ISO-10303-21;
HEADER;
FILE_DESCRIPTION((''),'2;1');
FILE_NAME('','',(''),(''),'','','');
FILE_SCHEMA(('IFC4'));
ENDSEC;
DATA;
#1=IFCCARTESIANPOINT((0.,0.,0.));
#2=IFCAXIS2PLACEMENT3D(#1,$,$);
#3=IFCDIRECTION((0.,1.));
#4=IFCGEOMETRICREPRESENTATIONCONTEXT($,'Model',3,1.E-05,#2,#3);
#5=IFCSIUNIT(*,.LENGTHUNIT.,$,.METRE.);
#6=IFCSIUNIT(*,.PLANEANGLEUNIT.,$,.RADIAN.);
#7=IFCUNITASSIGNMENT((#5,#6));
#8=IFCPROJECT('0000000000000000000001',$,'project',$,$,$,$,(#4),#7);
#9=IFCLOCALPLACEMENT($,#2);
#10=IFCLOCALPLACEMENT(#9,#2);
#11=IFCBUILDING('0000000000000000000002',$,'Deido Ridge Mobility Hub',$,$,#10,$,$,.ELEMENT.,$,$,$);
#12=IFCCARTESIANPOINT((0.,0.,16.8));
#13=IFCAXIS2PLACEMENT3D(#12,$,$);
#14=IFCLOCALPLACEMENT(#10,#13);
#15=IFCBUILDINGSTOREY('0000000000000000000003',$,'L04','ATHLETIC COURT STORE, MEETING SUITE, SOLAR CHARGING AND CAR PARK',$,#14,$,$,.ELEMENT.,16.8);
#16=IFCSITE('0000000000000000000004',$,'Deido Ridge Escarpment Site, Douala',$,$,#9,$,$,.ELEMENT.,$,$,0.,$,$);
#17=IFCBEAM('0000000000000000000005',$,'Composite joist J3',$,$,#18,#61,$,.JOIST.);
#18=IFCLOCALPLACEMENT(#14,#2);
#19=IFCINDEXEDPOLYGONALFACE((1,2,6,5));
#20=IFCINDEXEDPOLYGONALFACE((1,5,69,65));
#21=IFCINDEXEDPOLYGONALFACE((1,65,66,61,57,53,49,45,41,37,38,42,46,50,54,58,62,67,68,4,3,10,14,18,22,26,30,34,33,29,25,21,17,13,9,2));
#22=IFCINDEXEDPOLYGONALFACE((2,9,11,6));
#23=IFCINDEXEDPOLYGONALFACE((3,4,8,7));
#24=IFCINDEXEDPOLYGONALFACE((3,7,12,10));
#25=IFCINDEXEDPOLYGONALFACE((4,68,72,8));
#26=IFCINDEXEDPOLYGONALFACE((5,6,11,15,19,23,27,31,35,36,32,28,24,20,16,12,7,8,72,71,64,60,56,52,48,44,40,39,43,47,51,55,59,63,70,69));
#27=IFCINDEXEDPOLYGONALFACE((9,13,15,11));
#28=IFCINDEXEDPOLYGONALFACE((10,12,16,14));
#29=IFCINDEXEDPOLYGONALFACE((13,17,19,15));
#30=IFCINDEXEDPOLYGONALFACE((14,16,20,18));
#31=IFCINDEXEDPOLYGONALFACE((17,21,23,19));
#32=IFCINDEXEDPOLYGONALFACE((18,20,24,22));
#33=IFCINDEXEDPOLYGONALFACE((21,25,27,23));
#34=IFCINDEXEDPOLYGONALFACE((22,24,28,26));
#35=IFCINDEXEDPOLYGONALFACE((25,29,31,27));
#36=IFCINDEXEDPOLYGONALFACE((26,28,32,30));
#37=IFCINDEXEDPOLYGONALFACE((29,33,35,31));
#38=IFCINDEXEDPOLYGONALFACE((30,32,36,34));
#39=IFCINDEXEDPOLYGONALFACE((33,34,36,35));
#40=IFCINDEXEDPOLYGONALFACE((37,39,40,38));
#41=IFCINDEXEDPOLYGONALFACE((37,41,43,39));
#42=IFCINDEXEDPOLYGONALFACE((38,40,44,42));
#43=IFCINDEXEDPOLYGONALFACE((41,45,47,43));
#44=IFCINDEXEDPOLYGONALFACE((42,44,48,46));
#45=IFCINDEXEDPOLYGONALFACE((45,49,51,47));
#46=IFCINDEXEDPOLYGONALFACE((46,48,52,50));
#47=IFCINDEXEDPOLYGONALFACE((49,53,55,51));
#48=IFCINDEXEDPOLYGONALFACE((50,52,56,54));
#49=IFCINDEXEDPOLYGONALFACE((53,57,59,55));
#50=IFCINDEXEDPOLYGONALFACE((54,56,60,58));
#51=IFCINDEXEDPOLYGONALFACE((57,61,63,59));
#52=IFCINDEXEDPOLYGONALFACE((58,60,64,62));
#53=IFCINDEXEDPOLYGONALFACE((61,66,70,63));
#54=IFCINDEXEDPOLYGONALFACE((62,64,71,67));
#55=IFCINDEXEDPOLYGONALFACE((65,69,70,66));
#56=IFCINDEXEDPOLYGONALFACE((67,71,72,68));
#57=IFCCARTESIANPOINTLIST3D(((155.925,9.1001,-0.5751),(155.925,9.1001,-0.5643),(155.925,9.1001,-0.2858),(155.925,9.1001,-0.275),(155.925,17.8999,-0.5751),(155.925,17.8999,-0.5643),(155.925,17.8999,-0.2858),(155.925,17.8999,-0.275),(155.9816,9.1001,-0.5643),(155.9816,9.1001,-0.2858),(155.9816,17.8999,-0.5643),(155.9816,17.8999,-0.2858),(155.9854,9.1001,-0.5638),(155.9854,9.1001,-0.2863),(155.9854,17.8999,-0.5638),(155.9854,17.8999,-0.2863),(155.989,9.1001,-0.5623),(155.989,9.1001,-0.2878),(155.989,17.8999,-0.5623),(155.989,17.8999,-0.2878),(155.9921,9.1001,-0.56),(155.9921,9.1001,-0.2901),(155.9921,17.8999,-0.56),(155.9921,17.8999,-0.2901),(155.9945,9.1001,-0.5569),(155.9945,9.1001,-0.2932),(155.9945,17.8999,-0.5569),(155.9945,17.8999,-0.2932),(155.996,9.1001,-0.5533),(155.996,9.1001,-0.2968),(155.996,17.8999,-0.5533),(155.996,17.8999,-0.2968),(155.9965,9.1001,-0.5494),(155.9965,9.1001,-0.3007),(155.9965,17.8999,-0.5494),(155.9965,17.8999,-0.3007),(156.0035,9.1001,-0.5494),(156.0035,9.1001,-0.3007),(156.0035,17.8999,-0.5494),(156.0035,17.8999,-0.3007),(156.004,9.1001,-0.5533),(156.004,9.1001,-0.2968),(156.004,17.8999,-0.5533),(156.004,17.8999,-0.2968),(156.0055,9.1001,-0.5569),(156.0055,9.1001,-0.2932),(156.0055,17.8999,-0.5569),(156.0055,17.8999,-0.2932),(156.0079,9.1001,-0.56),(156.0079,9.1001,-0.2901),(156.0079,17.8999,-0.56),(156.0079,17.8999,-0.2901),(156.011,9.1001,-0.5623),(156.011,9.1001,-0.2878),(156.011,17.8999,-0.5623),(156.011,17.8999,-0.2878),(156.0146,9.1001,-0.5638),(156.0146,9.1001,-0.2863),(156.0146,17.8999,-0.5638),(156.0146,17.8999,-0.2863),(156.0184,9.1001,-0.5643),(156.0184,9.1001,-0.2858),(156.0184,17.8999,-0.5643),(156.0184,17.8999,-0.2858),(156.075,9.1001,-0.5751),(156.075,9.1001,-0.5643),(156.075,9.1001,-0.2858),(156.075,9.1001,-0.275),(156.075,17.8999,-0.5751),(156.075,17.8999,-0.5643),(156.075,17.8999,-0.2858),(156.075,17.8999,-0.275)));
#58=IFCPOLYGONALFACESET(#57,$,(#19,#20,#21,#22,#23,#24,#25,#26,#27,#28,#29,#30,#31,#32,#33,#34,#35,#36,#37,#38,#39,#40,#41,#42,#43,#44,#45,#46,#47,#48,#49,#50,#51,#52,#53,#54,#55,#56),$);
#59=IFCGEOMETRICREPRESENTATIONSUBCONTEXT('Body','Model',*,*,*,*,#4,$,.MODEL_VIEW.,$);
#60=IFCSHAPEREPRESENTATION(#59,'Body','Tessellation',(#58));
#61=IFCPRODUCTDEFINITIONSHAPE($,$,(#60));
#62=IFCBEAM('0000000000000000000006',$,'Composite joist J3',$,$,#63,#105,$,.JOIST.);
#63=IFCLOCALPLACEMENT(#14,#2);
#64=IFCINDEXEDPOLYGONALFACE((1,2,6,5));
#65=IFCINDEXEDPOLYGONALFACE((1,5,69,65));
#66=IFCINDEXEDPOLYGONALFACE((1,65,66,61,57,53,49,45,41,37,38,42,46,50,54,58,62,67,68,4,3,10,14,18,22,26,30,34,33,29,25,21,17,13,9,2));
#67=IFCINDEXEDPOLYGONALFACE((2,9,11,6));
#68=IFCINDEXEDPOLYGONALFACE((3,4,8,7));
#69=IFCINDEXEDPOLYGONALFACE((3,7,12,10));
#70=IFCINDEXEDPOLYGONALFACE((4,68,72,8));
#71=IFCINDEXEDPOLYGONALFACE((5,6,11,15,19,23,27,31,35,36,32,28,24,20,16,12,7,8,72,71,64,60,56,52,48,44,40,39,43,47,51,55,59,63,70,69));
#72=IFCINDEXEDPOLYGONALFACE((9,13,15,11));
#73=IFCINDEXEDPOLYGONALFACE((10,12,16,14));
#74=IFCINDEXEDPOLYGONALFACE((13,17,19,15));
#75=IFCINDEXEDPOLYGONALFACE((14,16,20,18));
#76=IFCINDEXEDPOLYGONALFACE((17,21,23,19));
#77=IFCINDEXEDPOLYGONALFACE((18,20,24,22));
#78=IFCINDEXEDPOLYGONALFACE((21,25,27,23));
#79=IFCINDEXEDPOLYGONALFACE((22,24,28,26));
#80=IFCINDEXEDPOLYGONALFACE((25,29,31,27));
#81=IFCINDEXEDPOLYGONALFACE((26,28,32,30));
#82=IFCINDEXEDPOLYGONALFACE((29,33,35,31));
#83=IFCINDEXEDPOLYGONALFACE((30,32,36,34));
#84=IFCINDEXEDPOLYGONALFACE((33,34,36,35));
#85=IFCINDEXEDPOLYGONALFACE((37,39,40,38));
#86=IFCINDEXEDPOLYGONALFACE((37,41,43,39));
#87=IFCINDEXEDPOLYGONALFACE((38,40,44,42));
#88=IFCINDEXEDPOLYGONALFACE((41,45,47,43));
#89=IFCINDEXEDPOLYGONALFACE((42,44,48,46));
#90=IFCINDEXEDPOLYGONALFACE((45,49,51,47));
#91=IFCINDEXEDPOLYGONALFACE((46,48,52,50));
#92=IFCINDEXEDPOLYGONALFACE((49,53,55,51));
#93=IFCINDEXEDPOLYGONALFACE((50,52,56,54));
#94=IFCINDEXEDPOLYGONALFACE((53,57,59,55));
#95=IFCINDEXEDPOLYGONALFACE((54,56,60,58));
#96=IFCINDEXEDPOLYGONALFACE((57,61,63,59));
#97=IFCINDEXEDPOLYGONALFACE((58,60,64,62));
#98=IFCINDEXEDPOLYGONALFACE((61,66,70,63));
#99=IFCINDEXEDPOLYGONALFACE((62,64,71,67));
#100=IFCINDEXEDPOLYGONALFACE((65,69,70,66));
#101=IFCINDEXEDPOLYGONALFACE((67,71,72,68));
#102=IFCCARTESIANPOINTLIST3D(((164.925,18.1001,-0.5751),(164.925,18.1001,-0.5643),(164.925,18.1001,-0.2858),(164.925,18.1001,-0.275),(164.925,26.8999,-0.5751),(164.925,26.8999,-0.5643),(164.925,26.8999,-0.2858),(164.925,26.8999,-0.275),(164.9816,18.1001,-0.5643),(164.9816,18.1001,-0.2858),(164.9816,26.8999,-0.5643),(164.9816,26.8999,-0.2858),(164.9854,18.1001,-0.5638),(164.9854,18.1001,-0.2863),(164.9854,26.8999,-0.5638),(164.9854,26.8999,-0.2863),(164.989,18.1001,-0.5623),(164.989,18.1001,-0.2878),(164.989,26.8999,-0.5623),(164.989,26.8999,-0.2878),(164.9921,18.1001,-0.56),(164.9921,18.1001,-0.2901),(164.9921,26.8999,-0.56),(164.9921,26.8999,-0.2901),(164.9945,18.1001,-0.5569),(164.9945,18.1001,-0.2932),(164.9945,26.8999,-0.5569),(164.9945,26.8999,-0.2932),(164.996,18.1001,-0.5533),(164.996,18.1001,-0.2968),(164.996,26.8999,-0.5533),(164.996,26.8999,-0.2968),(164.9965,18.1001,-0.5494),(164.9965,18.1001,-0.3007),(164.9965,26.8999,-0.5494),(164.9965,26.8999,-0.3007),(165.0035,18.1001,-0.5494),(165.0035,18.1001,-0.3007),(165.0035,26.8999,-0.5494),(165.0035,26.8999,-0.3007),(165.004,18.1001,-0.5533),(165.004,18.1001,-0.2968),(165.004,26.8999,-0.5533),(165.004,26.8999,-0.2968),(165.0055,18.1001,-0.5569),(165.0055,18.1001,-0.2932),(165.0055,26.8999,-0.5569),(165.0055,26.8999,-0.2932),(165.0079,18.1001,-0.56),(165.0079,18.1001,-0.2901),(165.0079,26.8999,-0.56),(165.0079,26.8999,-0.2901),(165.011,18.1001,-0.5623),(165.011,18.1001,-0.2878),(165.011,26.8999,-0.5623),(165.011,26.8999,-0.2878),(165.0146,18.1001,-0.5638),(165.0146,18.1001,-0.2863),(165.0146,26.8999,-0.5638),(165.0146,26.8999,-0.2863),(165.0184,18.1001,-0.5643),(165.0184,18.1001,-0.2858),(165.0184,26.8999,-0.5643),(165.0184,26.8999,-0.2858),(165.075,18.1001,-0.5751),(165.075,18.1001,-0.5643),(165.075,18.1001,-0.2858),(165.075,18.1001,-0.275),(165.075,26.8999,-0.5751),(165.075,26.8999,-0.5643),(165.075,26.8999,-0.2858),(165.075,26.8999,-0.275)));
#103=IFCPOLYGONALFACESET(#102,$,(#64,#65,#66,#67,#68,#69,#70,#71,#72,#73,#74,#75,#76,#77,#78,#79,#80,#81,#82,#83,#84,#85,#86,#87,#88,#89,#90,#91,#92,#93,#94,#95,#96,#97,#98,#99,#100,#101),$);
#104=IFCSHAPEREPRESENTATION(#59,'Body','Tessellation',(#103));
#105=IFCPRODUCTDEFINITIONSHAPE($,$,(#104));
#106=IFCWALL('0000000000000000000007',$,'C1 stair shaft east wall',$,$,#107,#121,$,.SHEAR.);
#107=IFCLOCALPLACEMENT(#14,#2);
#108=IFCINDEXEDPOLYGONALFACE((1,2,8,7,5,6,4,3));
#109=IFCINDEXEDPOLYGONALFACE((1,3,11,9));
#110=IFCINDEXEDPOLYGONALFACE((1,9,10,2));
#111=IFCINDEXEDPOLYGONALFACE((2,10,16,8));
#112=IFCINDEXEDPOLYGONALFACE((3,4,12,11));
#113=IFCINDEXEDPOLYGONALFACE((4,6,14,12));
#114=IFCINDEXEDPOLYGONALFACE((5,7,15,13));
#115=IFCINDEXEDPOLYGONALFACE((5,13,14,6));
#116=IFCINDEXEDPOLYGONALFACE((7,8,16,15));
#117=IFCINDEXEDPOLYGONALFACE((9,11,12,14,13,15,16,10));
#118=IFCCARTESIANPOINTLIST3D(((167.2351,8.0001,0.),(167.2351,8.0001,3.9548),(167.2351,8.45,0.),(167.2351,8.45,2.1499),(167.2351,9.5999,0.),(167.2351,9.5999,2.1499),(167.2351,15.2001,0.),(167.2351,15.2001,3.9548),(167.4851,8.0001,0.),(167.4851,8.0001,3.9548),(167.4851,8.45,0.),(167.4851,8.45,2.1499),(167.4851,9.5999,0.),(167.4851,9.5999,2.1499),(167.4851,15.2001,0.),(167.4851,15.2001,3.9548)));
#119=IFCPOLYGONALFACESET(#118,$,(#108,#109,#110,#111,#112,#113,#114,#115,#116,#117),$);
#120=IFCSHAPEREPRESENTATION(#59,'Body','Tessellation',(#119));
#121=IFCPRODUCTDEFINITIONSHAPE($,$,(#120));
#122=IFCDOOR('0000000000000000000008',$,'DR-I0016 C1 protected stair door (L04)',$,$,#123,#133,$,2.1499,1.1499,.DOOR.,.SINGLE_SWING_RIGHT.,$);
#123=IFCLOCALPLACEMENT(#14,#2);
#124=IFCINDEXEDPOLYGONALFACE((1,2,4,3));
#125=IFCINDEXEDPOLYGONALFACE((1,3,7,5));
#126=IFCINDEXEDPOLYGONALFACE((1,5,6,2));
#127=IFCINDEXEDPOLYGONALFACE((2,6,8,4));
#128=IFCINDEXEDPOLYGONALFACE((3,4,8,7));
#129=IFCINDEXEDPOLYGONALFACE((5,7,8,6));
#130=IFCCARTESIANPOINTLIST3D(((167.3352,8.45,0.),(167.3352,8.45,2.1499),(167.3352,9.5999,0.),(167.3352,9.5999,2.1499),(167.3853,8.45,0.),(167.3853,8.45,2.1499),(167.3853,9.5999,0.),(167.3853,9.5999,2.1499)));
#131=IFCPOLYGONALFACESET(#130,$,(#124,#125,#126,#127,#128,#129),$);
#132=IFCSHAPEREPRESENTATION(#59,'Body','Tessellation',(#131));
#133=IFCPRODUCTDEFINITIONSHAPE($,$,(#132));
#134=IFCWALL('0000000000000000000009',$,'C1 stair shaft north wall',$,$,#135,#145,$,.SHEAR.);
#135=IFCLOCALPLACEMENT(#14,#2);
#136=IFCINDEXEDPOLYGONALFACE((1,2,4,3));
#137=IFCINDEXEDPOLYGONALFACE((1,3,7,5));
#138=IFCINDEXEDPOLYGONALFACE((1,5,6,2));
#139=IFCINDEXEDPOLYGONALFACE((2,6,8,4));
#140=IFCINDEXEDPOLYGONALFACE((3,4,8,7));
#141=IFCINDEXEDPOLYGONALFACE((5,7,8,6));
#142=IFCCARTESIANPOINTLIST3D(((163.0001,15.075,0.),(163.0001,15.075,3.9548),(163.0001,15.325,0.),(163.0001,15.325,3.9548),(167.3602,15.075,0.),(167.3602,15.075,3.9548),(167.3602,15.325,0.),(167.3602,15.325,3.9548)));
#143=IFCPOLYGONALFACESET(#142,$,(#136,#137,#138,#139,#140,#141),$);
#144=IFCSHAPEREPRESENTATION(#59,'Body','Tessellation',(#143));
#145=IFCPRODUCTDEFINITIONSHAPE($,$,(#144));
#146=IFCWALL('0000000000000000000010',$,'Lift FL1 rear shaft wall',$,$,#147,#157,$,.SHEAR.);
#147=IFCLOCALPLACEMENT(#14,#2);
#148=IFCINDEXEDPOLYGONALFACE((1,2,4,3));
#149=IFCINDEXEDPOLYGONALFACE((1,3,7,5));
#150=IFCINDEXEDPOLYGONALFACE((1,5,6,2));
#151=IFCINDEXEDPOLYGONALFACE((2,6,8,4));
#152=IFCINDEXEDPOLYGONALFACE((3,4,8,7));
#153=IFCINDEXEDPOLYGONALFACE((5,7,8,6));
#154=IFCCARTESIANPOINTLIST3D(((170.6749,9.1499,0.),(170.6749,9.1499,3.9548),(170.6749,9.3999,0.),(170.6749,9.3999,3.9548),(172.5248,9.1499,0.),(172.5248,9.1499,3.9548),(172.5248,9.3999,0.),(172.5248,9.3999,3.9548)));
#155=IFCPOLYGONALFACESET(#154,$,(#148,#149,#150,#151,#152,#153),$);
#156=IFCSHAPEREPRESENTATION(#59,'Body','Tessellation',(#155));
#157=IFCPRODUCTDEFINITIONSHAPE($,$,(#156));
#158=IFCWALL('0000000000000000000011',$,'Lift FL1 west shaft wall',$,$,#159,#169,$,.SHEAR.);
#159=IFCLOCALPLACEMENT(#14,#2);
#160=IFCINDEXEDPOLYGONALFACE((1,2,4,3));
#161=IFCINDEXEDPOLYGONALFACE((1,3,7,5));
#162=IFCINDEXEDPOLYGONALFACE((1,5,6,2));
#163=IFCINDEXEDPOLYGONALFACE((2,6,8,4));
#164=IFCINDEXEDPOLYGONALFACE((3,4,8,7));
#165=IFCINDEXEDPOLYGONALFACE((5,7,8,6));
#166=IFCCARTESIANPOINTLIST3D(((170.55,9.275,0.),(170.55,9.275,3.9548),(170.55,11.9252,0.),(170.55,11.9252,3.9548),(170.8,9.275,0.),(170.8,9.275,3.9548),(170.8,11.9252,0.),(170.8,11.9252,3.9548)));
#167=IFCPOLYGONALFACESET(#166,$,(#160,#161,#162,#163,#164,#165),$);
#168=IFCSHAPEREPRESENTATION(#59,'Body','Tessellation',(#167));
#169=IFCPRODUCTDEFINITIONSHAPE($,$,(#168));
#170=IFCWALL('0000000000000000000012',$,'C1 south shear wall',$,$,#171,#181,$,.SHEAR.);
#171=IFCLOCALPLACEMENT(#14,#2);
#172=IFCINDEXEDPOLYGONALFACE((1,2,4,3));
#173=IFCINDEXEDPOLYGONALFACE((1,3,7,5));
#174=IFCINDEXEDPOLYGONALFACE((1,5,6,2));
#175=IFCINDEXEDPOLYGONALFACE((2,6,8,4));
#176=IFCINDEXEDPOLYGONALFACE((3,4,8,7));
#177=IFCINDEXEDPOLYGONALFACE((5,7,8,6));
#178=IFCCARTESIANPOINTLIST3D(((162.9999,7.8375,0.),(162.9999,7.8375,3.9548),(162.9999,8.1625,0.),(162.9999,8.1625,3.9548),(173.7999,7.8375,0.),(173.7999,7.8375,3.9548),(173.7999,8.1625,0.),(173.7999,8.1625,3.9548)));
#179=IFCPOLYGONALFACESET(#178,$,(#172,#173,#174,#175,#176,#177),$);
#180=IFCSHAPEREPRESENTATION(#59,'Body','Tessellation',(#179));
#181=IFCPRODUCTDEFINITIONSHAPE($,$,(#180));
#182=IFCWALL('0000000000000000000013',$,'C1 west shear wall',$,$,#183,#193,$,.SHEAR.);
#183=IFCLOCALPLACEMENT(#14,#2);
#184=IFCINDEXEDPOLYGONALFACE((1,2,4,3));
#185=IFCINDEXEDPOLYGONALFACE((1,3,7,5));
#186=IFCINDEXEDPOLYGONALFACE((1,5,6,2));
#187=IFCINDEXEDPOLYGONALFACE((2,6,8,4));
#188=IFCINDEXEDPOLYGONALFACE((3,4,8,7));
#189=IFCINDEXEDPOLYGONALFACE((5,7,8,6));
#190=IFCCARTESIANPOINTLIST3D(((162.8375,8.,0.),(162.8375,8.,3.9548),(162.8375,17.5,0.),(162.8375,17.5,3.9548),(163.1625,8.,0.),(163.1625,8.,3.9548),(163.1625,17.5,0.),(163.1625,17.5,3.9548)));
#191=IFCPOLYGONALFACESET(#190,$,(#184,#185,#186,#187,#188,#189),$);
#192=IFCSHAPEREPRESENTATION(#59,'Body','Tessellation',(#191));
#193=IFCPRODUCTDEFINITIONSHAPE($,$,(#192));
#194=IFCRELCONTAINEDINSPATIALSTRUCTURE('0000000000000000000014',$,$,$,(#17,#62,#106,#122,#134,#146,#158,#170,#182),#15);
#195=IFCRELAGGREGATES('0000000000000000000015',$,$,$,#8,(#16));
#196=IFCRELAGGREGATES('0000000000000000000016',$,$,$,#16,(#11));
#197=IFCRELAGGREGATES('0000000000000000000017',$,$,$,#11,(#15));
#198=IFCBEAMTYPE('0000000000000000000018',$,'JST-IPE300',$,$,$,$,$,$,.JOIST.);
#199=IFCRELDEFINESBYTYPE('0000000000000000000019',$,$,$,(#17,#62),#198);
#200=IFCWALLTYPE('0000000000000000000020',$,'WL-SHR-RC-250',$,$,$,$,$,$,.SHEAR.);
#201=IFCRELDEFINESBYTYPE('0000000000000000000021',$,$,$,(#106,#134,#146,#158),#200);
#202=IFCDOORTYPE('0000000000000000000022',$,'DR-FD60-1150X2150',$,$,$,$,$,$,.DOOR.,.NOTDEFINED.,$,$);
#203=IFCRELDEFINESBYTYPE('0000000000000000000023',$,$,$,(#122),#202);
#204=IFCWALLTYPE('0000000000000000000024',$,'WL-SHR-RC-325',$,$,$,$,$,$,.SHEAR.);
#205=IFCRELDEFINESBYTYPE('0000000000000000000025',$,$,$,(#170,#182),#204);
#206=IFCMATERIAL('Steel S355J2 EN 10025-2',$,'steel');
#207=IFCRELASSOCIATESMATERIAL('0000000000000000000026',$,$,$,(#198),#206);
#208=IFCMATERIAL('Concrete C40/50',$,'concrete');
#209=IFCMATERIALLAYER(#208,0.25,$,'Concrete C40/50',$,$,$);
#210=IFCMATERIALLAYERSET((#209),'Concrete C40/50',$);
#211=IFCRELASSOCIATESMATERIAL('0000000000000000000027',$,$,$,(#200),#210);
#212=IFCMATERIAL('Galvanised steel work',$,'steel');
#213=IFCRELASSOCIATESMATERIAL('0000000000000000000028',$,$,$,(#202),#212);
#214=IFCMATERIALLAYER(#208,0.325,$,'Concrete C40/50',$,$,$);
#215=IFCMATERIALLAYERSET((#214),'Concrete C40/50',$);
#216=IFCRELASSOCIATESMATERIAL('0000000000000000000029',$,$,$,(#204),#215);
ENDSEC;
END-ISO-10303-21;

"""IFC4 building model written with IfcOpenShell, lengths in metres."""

from ifc_helpers import new_model, si_unit, direction, frame, frame_2d, origin, origin_2d, place, context, subcontext, project, spatial, rectangle, i_section, extrude, material, layer, layer_set, material_profile, profile_set, type_object, element, fill, save


model = new_model("IFC4")

# Units and contexts
model_context = context("Model", 3, precision=1e-05, world=origin(), true_north=direction((0.0, 1.0)))
body_context = subcontext(model_context, "Body", "Model", "MODEL_VIEW")
ifc_project = project(units=[si_unit("LENGTHUNIT", "METRE"), si_unit("PLANEANGLEUNIT", "RADIAN")], contexts=[model_context])

# Site, building, storey
site_placement = place(None, origin())
site = spatial("IfcSite", under=ifc_project, at=site_placement, Name="Deido Ridge Escarpment Site, Douala", CompositionType="ELEMENT", RefElevation=0.0)
building_placement = place(site_placement, origin())
building = spatial("IfcBuilding", under=site, at=building_placement, Name="Deido Ridge Mobility Hub", CompositionType="ELEMENT")
storey_placement = place(building_placement, frame((0.0, 0.0, 16.8)))
storey = spatial("IfcBuildingStorey", under=building, at=storey_placement, Name="L04", Description="ATHLETIC COURT STORE, MEETING SUITE, SOLAR CHARGING AND CAR PARK", CompositionType="ELEMENT", Elevation=16.8)

# Shared definitions
ifc_material_1 = material(Name="Steel S355J2 EN 10025-2", Category="steel")

# Beams
ifc_material_profile_1 = material_profile(ifc_material_1, i_section(OverallWidth=0.1499, OverallDepth=0.3, WebThickness=0.0071, FlangeThickness=0.0107, FilletRadius=0.0149, at=origin_2d()), Name="IPE 300")
ifc_profile_set_1 = profile_set([ifc_material_profile_1], Name="Steel S355J2 EN 10025-2")
beam_type_1 = type_object("IfcBeamType", Name="JST-IPE300", PredefinedType="JOIST", material=ifc_profile_set_1)
for number, where, z_axis, x_axis, name in (
    (1, (156.0, 9.1001, -0.425), (0.0, 1.0, 0.0), (-1.0, 0.0, 0.0), "Composite joist J3"),
    (2, (165.0, 18.1001, -0.425), (0.0, 1.0, 0.0), (-1.0, 0.0, 0.0), "Composite joist J3"),
):
    element("IfcBeam", number, at=place(storey_placement, frame(where, z_axis=z_axis, x_axis=x_axis)), inside=storey, type_object=beam_type_1, Name=name, PredefinedType="JOIST", context=body_context, shape_type="SweptSolid", body=[
        extrude(i_section(OverallWidth=0.1499, OverallDepth=0.3, WebThickness=0.0071, FlangeThickness=0.0107, FilletRadius=0.0149, at=origin_2d()), origin(), (0.0, 0.0, 1.0), 8.7998),
    ])

# Wall, opening, door
ifc_material_2 = material(Name="Concrete C40/50", Category="concrete")
ifc_layer_1 = layer(ifc_material_2, 0.25, Name="Concrete C40/50")
ifc_layer_set_1 = layer_set([ifc_layer_1], Name="Concrete C40/50")
wall_type_1 = type_object("IfcWallType", Name="WL-SHR-RC-250", PredefinedType="SHEAR", material=ifc_layer_set_1)
wall_1_placement = place(storey_placement, frame((167.3601, 8.0, 0.0), z_axis=(0.0, 0.0, 1.0), x_axis=(0.0, 1.0, 0.0)))
wall_1 = element("IfcWall", 3, at=wall_1_placement, inside=storey, type_object=wall_type_1, Name="C1 stair shaft east wall", PredefinedType="SHEAR", context=body_context, shape_type="SweptSolid", body=[
    extrude(rectangle(XDim=7.2, YDim=0.25, at=frame_2d((3.6001, 0.0))), origin(), (0.0, 0.0, 1.0), 3.9548),
])
opening_1_placement = place(wall_1_placement, frame((0.45, 0.0, 0.0)))
opening_1 = element("IfcOpeningElement", 4, at=opening_1_placement, cuts=wall_1, PredefinedType="OPENING", context=body_context, shape_type="SweptSolid", body=[
    extrude(rectangle(XDim=1.1499, YDim=2.1499, at=frame_2d((0.575, 1.075))), frame((0.0, 0.135, 0.0), z_axis=(0.0, -1.0, 0.0), x_axis=(1.0, 0.0, 0.0)), (0.0, 0.0, 1.0), 0.27),
])
ifc_material_3 = material(Name="Galvanised steel work", Category="steel")
door_type_1 = type_object("IfcDoorType", Name="DR-FD60-1150X2150", OperationType="NOTDEFINED", PredefinedType="DOOR", material=ifc_material_3)
door_1_placement = place(opening_1_placement, origin())
door_1 = element("IfcDoor", 5, at=door_1_placement, inside=storey, type_object=door_type_1, Name="DR-I0016 C1 protected stair door (L04)", OperationType="SINGLE_SWING_RIGHT", OverallHeight=2.1499, OverallWidth=1.1499, PredefinedType="DOOR", context=body_context, shape_type="SweptSolid", body=[
    extrude(rectangle(XDim=1.1499, YDim=2.1499, at=frame_2d((0.575, 1.075))), frame((0.0, 0.0249, 0.0), z_axis=(0.0, -1.0, 0.0), x_axis=(1.0, 0.0, 0.0)), (0.0, 0.0, 1.0), 0.05),
])
fill(opening_1, door_1)

# Walls
wall_2_placement = place(storey_placement, frame((163.0, 15.2, 0.0), z_axis=(0.0, 0.0, 1.0), x_axis=(1.0, 0.0, 0.0)))
element("IfcWall", 6, at=wall_2_placement, inside=storey, type_object=wall_type_1, Name="C1 stair shaft north wall", PredefinedType="SHEAR", context=body_context, shape_type="SweptSolid", body=[
    extrude(rectangle(XDim=4.3601, YDim=0.25, at=frame_2d((2.1802, 0.0))), origin(), (0.0, 0.0, 1.0), 3.9548),
])
wall_3_placement = place(storey_placement, frame((170.675, 9.2749, 0.0), z_axis=(0.0, 0.0, 1.0), x_axis=(1.0, 0.0, 0.0)))
element("IfcWall", 7, at=wall_3_placement, inside=storey, type_object=wall_type_1, Name="Lift FL1 rear shaft wall", PredefinedType="SHEAR", context=body_context, shape_type="SweptSolid", body=[
    extrude(rectangle(XDim=1.8499, YDim=0.25, at=frame_2d((0.9248, 0.0))), origin(), (0.0, 0.0, 1.0), 3.9548),
])
wall_4_placement = place(storey_placement, frame((170.675, 9.2749, 0.0), z_axis=(0.0, 0.0, 1.0), x_axis=(0.0, 1.0, 0.0)))
element("IfcWall", 8, at=wall_4_placement, inside=storey, type_object=wall_type_1, Name="Lift FL1 west shaft wall", PredefinedType="SHEAR", context=body_context, shape_type="SweptSolid", body=[
    extrude(rectangle(XDim=2.6501, YDim=0.25, at=frame_2d((1.3252, 0.0))), origin(), (0.0, 0.0, 1.0), 3.9548),
])

# Walls
ifc_layer_2 = layer(ifc_material_2, 0.325, Name="Concrete C40/50")
ifc_layer_set_2 = layer_set([ifc_layer_2], Name="Concrete C40/50")
wall_type_2 = type_object("IfcWallType", Name="WL-SHR-RC-325", PredefinedType="SHEAR", material=ifc_layer_set_2)
wall_5_placement = place(storey_placement, frame((163.0, 8.0, 0.0), z_axis=(0.0, 0.0, 1.0), x_axis=(1.0, 0.0, 0.0)))
element("IfcWall", 9, at=wall_5_placement, inside=storey, type_object=wall_type_2, Name="C1 south shear wall", PredefinedType="SHEAR", context=body_context, shape_type="SweptSolid", body=[
    extrude(rectangle(XDim=10.8, YDim=0.325, at=frame_2d((5.3999, 0.0))), origin(), (0.0, 0.0, 1.0), 3.9548),
])
wall_6_placement = place(storey_placement, frame((163.0, 17.5, 0.0), z_axis=(0.0, 0.0, 1.0), x_axis=(0.0, -1.0, 0.0)))
element("IfcWall", 10, at=wall_6_placement, inside=storey, type_object=wall_type_2, Name="C1 west shear wall", PredefinedType="SHEAR", context=body_context, shape_type="SweptSolid", body=[
    extrude(rectangle(XDim=9.5, YDim=0.325, at=frame_2d((4.75, 0.0))), origin(), (0.0, 0.0, 1.0), 3.9548),
])

save(model, "model.ifc")
